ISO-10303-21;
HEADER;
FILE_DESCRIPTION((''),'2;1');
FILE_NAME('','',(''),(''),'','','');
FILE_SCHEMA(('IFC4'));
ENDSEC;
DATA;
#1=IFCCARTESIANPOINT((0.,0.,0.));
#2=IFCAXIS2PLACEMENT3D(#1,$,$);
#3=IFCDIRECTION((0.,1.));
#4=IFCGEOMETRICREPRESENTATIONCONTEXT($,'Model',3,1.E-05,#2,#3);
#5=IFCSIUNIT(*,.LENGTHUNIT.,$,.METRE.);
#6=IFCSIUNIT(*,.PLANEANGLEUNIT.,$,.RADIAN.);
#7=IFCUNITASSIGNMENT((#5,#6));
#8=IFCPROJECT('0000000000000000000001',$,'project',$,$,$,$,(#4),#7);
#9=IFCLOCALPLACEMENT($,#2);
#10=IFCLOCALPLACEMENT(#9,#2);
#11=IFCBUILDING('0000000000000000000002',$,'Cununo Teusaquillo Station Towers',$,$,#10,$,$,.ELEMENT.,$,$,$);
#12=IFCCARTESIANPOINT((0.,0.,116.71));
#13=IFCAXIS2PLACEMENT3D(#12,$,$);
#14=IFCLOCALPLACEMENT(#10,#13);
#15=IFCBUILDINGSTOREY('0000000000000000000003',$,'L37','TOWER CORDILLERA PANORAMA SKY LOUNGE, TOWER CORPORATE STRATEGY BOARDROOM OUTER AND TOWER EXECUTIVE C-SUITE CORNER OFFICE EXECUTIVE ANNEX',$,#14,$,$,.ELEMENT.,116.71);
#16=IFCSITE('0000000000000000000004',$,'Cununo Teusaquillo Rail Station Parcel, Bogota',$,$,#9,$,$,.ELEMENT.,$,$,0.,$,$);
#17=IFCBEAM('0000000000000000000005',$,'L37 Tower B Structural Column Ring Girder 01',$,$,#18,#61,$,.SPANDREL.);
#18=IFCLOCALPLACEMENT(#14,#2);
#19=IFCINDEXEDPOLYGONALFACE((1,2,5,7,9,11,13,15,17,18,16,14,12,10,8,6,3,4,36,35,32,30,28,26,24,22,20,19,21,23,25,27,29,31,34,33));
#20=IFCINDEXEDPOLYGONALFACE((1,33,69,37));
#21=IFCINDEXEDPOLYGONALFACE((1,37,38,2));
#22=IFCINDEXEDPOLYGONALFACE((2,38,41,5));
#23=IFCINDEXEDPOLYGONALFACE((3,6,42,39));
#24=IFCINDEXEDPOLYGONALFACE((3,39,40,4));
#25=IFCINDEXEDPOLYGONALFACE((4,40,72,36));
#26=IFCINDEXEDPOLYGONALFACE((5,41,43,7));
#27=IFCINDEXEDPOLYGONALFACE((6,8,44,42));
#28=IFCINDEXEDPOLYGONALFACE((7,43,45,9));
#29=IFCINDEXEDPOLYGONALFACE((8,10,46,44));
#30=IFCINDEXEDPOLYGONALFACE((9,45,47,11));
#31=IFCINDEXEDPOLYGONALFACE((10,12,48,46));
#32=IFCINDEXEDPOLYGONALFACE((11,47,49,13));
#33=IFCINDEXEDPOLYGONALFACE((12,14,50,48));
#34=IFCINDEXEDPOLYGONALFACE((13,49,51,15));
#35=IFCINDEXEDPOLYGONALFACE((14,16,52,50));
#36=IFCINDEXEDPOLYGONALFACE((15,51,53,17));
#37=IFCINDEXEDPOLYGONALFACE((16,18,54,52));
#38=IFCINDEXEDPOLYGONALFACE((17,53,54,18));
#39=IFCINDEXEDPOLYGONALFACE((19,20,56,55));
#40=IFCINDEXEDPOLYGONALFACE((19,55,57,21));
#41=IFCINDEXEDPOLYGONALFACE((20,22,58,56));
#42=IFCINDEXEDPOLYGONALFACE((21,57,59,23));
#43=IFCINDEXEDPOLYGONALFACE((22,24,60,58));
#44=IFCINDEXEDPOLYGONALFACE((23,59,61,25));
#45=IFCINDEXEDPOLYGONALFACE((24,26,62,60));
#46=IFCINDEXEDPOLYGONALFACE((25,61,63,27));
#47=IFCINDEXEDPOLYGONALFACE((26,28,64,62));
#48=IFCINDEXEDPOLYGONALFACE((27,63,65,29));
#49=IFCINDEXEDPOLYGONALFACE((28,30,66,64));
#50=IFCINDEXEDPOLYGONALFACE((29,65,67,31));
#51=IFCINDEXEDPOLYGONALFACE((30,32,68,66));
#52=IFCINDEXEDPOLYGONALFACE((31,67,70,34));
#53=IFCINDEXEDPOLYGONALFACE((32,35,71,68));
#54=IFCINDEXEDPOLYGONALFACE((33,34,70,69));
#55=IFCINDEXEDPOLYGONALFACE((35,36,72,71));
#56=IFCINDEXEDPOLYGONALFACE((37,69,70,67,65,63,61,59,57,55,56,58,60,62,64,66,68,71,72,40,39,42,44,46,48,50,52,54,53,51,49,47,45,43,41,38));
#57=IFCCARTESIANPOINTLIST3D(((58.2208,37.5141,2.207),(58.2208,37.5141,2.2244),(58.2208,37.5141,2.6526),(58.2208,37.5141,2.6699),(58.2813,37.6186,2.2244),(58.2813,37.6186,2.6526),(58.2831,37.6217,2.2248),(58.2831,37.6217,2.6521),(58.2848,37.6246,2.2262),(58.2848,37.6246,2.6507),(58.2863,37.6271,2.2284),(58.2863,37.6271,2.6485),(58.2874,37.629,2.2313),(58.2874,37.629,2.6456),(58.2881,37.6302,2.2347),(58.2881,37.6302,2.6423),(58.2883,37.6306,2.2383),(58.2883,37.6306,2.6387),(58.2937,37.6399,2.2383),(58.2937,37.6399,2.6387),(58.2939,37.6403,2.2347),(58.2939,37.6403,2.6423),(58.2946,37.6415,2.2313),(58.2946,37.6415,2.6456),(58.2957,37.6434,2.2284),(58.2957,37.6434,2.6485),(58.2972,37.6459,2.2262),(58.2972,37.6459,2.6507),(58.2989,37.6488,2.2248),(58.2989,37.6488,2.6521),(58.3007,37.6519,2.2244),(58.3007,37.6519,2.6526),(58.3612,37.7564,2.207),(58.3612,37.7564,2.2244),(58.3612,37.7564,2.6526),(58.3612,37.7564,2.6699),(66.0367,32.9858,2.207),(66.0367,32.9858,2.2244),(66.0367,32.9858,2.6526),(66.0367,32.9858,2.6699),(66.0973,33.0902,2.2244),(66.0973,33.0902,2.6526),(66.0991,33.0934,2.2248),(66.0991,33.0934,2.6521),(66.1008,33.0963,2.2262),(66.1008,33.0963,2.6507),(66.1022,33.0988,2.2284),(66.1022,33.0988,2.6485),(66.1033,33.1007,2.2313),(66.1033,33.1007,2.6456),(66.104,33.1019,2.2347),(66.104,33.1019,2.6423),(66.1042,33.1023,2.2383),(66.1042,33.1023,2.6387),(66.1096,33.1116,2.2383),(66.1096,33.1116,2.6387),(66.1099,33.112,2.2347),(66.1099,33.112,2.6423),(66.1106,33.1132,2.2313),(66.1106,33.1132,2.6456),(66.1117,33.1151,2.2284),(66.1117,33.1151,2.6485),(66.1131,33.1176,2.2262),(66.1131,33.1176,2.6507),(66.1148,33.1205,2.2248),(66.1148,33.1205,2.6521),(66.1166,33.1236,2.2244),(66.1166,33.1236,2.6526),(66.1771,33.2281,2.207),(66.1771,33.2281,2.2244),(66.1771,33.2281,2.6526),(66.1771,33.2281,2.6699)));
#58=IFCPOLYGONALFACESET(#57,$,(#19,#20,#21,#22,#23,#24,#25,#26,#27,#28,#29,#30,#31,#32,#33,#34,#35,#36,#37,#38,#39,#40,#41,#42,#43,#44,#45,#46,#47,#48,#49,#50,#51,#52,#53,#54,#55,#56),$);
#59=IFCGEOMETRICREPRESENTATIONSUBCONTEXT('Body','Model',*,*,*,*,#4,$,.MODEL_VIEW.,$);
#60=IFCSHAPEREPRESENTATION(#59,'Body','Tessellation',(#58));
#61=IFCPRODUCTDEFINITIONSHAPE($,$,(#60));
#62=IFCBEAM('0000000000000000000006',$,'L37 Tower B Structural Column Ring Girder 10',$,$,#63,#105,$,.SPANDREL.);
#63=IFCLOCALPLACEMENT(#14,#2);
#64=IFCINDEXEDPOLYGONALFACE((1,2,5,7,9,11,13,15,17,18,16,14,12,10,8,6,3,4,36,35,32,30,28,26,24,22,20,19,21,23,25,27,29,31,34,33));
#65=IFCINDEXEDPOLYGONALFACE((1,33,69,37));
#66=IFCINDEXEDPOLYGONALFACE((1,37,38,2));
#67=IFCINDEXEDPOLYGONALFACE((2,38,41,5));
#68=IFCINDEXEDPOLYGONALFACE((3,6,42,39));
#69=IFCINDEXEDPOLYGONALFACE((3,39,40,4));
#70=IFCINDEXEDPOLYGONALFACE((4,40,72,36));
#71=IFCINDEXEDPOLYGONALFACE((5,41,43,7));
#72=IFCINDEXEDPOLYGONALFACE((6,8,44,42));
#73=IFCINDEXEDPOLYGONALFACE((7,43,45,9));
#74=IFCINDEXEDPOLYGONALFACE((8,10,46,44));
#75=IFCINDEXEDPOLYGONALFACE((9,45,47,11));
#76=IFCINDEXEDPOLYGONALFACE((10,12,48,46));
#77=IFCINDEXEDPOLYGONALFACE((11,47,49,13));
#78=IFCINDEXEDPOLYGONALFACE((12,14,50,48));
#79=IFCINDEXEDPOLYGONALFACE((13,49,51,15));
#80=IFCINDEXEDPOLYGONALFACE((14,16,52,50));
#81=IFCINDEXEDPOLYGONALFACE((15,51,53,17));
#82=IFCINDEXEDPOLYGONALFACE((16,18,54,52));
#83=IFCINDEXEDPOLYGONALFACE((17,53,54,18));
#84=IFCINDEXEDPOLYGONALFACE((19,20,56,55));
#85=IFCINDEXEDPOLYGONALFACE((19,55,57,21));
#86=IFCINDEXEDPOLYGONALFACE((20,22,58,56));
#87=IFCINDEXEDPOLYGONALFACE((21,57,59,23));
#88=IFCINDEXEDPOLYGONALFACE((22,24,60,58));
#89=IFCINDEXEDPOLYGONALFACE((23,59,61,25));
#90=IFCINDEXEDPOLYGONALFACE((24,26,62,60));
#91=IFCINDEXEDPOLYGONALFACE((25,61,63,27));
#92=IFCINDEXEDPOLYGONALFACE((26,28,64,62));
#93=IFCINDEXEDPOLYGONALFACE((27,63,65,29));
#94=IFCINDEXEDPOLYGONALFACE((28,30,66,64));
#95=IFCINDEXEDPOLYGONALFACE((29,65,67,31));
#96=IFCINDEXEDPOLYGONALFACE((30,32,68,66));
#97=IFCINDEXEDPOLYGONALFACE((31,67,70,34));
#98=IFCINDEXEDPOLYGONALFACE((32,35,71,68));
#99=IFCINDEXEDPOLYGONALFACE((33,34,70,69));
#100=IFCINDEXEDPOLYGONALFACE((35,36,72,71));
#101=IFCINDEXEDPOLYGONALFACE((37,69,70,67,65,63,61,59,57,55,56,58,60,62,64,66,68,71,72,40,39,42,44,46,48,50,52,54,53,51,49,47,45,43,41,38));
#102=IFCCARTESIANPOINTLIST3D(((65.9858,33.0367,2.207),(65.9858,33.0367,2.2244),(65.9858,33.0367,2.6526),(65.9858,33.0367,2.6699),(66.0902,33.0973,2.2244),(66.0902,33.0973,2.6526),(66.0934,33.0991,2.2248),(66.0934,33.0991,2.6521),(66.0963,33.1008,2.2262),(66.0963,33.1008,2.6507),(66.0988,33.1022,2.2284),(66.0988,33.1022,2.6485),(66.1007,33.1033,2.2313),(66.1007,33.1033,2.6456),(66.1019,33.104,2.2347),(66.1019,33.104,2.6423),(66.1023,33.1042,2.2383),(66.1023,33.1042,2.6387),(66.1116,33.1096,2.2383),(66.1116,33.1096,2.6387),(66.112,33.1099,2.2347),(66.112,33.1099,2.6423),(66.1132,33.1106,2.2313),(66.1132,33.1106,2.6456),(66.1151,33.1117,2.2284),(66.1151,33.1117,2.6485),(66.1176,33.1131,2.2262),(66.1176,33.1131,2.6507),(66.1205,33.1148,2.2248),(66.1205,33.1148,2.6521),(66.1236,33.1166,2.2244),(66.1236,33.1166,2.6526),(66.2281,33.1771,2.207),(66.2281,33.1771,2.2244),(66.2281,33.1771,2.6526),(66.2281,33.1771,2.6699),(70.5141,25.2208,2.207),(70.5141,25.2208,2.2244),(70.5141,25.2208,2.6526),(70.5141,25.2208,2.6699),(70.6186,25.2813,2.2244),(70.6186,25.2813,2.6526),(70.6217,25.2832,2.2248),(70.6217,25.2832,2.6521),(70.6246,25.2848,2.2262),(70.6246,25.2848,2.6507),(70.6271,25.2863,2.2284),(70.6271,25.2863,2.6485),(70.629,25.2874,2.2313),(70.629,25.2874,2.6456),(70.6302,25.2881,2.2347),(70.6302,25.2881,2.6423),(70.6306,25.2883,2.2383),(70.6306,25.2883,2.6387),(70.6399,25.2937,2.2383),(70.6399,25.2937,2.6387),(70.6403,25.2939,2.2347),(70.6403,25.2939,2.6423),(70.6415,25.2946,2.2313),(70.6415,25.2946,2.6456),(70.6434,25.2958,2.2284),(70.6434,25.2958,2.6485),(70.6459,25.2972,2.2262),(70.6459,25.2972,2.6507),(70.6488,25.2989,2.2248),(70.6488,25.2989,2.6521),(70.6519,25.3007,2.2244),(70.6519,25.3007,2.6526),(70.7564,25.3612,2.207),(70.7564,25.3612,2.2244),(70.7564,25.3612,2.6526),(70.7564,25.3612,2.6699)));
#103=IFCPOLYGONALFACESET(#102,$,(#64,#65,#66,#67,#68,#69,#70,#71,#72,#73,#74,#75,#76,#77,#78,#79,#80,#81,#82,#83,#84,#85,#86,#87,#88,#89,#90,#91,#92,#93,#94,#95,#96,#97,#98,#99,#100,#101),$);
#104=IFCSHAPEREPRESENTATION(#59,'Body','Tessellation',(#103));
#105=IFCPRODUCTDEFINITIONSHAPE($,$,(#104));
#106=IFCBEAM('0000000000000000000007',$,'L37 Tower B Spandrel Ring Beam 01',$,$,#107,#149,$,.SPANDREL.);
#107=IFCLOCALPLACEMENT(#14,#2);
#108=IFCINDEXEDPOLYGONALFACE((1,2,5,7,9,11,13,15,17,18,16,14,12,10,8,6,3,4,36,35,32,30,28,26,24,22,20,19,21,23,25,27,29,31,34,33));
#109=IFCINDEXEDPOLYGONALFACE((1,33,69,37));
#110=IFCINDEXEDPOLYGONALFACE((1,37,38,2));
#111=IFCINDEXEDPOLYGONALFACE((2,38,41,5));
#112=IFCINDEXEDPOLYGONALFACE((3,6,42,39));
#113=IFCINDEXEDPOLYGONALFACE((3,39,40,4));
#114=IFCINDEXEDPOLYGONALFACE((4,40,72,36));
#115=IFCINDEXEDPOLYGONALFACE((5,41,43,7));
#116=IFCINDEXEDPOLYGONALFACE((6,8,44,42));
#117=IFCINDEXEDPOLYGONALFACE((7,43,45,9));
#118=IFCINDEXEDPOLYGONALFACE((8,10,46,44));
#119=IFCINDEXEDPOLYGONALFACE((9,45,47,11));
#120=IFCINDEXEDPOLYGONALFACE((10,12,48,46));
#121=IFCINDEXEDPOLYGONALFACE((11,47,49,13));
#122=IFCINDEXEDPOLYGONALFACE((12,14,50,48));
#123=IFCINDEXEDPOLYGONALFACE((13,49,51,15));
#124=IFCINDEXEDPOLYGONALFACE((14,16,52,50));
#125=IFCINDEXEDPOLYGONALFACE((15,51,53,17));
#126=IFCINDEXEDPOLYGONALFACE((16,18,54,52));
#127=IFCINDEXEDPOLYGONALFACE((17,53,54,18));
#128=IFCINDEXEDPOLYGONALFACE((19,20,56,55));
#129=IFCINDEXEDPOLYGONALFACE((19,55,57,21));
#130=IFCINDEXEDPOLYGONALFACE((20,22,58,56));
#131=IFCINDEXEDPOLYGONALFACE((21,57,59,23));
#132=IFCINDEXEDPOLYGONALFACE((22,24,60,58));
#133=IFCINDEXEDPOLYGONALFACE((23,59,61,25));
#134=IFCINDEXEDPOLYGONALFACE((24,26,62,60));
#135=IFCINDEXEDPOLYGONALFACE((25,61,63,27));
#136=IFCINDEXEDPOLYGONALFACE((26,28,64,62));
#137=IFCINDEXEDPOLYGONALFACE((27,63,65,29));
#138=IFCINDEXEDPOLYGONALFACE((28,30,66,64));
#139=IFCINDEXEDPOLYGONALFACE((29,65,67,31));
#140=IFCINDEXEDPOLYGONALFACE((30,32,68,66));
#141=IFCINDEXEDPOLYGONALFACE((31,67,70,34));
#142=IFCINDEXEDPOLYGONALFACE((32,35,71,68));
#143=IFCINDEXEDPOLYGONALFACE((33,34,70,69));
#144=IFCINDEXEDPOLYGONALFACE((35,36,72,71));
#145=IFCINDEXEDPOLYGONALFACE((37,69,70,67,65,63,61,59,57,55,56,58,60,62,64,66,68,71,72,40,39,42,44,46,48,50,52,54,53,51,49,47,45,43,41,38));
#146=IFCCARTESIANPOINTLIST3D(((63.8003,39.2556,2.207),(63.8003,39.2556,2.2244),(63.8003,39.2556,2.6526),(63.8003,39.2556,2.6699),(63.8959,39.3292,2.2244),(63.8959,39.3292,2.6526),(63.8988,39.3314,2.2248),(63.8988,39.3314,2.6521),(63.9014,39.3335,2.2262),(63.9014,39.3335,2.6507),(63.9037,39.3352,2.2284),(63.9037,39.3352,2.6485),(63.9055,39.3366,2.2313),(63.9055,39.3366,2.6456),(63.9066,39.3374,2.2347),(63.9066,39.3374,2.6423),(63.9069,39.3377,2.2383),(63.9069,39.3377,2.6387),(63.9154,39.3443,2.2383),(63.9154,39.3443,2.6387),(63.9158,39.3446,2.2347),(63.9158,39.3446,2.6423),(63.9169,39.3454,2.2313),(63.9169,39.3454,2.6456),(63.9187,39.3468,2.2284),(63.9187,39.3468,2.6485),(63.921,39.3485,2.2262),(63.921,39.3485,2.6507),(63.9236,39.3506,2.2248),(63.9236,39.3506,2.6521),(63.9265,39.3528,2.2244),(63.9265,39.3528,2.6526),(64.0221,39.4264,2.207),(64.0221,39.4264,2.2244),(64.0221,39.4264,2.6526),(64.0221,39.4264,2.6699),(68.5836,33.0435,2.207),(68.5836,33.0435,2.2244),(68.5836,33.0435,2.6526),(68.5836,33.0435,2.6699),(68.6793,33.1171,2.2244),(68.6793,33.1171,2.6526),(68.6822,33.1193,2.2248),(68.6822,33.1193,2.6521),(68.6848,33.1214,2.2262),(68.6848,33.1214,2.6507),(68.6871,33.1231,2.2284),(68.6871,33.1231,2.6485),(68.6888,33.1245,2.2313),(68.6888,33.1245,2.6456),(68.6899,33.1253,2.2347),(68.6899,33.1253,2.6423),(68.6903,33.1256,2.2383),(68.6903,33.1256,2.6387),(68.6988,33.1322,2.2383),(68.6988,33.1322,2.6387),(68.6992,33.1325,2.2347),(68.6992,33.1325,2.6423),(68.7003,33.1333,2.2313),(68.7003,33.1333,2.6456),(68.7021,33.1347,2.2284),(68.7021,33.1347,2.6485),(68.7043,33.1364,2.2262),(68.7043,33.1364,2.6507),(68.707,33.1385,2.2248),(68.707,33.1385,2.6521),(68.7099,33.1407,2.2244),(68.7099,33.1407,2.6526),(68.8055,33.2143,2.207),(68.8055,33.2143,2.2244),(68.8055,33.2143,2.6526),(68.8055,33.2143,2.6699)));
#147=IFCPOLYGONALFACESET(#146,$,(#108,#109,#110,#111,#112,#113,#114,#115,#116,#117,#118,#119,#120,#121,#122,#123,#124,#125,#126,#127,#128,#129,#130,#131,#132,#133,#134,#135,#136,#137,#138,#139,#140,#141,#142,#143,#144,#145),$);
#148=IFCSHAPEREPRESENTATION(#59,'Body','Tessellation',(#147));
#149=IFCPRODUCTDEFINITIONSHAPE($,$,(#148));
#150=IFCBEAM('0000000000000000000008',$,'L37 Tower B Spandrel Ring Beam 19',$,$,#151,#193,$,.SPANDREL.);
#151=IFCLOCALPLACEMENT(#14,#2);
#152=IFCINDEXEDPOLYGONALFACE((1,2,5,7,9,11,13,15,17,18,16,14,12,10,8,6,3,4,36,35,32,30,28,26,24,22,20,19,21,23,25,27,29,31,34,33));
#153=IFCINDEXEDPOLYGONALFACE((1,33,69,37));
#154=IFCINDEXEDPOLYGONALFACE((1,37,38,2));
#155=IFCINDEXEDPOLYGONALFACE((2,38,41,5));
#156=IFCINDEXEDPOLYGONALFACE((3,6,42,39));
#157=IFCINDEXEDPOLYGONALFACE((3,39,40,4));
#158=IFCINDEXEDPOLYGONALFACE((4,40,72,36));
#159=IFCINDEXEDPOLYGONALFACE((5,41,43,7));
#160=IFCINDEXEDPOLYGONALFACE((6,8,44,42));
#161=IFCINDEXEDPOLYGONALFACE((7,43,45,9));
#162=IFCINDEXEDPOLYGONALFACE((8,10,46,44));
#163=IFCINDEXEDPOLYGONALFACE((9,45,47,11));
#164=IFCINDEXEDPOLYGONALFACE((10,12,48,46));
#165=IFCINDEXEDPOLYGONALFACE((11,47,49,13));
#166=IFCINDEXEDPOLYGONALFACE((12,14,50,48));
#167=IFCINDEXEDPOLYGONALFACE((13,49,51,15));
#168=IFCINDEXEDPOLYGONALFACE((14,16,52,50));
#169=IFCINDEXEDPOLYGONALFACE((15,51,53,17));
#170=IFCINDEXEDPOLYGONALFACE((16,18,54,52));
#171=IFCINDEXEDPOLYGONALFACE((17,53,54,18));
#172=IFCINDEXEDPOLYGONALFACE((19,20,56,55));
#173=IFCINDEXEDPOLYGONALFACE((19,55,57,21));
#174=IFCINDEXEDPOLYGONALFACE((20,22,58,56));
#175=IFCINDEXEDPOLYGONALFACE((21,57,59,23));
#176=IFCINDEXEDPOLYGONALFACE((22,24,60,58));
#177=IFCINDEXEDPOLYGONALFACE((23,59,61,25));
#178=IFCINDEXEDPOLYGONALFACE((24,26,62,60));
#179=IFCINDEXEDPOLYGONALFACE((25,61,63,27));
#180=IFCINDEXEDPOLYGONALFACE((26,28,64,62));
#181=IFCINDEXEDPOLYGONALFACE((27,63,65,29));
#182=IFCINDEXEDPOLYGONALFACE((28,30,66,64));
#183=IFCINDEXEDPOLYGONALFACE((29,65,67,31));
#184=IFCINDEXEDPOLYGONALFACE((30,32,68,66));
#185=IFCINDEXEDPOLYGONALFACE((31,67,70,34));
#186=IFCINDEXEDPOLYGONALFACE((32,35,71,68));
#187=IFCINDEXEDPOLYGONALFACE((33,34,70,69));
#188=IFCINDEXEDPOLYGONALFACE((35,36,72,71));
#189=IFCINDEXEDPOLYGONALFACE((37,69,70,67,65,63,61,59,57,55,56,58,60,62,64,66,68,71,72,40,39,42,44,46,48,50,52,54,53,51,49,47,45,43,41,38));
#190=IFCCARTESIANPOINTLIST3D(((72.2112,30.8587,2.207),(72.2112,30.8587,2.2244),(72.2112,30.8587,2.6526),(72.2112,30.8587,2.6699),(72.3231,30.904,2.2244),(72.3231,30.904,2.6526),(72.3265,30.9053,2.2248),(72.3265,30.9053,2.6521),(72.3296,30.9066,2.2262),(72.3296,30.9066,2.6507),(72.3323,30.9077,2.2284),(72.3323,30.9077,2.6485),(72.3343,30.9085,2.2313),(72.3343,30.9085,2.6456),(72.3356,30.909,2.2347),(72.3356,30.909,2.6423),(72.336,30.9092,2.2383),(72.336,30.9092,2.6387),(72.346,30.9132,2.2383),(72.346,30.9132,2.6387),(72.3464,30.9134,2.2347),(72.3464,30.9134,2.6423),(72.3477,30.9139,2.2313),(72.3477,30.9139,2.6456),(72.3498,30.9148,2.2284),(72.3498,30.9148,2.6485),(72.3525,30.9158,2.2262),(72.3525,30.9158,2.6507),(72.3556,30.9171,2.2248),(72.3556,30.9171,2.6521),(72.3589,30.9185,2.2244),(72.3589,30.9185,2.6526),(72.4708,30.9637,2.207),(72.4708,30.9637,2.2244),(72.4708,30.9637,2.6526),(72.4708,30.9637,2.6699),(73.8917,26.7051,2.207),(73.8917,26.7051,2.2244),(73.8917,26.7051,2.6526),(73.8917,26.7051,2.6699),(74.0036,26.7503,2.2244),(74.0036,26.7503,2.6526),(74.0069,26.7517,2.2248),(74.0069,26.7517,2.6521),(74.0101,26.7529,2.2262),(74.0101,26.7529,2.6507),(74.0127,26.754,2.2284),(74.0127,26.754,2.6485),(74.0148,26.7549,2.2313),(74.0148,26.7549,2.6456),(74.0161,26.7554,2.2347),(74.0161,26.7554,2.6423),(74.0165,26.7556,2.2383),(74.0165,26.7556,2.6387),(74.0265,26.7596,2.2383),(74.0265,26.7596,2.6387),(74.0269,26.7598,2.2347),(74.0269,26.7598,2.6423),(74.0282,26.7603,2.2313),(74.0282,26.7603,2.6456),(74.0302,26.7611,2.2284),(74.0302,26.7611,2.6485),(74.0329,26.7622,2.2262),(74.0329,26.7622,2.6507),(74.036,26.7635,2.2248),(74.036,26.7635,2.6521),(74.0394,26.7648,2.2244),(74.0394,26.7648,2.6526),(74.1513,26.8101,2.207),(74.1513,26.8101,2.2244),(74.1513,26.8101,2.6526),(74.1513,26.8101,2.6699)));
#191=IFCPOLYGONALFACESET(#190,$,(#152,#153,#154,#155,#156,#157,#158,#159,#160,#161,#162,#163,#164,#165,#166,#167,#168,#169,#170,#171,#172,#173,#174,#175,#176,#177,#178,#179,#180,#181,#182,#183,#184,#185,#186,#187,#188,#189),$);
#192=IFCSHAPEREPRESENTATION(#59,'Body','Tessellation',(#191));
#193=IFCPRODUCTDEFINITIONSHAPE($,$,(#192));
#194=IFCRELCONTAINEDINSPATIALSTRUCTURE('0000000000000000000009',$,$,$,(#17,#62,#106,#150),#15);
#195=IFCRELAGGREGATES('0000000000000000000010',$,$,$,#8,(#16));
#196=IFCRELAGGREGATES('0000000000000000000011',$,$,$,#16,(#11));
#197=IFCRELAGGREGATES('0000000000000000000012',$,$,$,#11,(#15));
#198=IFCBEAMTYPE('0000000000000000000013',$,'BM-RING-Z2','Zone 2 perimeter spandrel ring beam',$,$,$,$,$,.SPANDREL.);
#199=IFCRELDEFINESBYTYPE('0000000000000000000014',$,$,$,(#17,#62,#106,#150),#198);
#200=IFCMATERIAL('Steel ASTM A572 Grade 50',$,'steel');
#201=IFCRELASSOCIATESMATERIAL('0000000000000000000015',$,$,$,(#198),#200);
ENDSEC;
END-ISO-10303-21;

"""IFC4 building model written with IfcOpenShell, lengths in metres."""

from ifc_helpers import new_model, si_unit, direction, frame, origin, origin_2d, place, context, subcontext, project, spatial, i_section, extrude, material, material_profile, profile_set, type_object, element, save


model = new_model("IFC4")

# Units and contexts
model_context = context("Model", 3, precision=1e-05, world=origin(), true_north=direction((0.0, 1.0)))
body_context = subcontext(model_context, "Body", "Model", "MODEL_VIEW")
ifc_project = project(units=[si_unit("LENGTHUNIT", "METRE"), si_unit("PLANEANGLEUNIT", "RADIAN")], contexts=[model_context])

# Site, building, storey
site_placement = place(None, origin())
site = spatial("IfcSite", under=ifc_project, at=site_placement, Name="Cununo Teusaquillo Rail Station Parcel, Bogota", CompositionType="ELEMENT", RefElevation=0.0)
building_placement = place(site_placement, origin())
building = spatial("IfcBuilding", under=site, at=building_placement, Name="Cununo Teusaquillo Station Towers", CompositionType="ELEMENT")
storey_placement = place(building_placement, frame((0.0, 0.0, 116.71)))
storey = spatial("IfcBuildingStorey", under=building, at=storey_placement, Name="L37", Description="TOWER CORDILLERA PANORAMA SKY LOUNGE, TOWER CORPORATE STRATEGY BOARDROOM OUTER AND TOWER EXECUTIVE C-SUITE CORNER OFFICE EXECUTIVE ANNEX", CompositionType="ELEMENT", Elevation=116.71)

# Beams
ifc_material_1 = material(Name="Steel ASTM A572 Grade 50", Category="steel")
ifc_material_profile_1 = material_profile(ifc_material_1, i_section(OverallWidth=0.28, OverallDepth=0.4629, WebThickness=0.0107, FlangeThickness=0.0173, FilletRadius=0.0139, at=origin_2d()), Name="W18X76")
ifc_profile_set_1 = profile_set([ifc_material_profile_1], Name="Steel ASTM A572 Grade 50")
beam_type_1 = type_object("IfcBeamType", Name="BM-RING-Z2", Description="Zone 2 perimeter spandrel ring beam", PredefinedType="SPANDREL", material=ifc_profile_set_1)
for number, where, z_axis, x_axis, name in (
    (1, (66.1069, 33.1069, 2.4385), (-0.865267, 0.501311, 0.0), (-0.501311, -0.865267, 0.0), "L37 Tower B Structural Column Ring Girder 01"),
    (2, (70.6353, 25.291, 2.4385), (-0.501311, 0.865267, 0.0), (-0.865267, -0.501311, 0.0), "L37 Tower B Structural Column Ring Girder 10"),
):
    element("IfcBeam", number, at=place(storey_placement, frame(where, z_axis=z_axis, x_axis=x_axis)), inside=storey, type_object=beam_type_1, Name=name, PredefinedType="SPANDREL", context=body_context, shape_type="SweptSolid", body=[
        extrude(i_section(OverallWidth=0.28, OverallDepth=0.4629, WebThickness=0.0107, FlangeThickness=0.0173, FilletRadius=0.0139, at=origin_2d()), origin(), (0.0, 0.0, 1.0), 9.033),
    ])
beam_1_placement = place(storey_placement, frame((68.6946, 33.1289, 2.4385), z_axis=(-0.6101, 0.792324, 0.0), x_axis=(-0.792324, -0.6101, 0.0)))
element("IfcBeam", 3, at=beam_1_placement, inside=storey, type_object=beam_type_1, Name="L37 Tower B Spandrel Ring Beam 01", PredefinedType="SPANDREL", context=body_context, shape_type="SweptSolid", body=[
    extrude(i_section(OverallWidth=0.28, OverallDepth=0.4629, WebThickness=0.0107, FlangeThickness=0.0173, FilletRadius=0.0139, at=origin_2d()), origin(), (0.0, 0.0, 1.0), 7.8403),
])
beam_2_placement = place(storey_placement, frame((74.0215, 26.7576, 2.4385), z_axis=(-0.375042, 0.927008, 0.0), x_axis=(-0.927008, -0.375042, 0.0)))
element("IfcBeam", 4, at=beam_2_placement, inside=storey, type_object=beam_type_1, Name="L37 Tower B Spandrel Ring Beam 19", PredefinedType="SPANDREL", context=body_context, shape_type="SweptSolid", body=[
    extrude(i_section(OverallWidth=0.28, OverallDepth=0.4629, WebThickness=0.0107, FlangeThickness=0.0173, FilletRadius=0.0139, at=origin_2d()), origin(), (0.0, 0.0, 1.0), 4.4807),
])

save(model, "model.ifc")
